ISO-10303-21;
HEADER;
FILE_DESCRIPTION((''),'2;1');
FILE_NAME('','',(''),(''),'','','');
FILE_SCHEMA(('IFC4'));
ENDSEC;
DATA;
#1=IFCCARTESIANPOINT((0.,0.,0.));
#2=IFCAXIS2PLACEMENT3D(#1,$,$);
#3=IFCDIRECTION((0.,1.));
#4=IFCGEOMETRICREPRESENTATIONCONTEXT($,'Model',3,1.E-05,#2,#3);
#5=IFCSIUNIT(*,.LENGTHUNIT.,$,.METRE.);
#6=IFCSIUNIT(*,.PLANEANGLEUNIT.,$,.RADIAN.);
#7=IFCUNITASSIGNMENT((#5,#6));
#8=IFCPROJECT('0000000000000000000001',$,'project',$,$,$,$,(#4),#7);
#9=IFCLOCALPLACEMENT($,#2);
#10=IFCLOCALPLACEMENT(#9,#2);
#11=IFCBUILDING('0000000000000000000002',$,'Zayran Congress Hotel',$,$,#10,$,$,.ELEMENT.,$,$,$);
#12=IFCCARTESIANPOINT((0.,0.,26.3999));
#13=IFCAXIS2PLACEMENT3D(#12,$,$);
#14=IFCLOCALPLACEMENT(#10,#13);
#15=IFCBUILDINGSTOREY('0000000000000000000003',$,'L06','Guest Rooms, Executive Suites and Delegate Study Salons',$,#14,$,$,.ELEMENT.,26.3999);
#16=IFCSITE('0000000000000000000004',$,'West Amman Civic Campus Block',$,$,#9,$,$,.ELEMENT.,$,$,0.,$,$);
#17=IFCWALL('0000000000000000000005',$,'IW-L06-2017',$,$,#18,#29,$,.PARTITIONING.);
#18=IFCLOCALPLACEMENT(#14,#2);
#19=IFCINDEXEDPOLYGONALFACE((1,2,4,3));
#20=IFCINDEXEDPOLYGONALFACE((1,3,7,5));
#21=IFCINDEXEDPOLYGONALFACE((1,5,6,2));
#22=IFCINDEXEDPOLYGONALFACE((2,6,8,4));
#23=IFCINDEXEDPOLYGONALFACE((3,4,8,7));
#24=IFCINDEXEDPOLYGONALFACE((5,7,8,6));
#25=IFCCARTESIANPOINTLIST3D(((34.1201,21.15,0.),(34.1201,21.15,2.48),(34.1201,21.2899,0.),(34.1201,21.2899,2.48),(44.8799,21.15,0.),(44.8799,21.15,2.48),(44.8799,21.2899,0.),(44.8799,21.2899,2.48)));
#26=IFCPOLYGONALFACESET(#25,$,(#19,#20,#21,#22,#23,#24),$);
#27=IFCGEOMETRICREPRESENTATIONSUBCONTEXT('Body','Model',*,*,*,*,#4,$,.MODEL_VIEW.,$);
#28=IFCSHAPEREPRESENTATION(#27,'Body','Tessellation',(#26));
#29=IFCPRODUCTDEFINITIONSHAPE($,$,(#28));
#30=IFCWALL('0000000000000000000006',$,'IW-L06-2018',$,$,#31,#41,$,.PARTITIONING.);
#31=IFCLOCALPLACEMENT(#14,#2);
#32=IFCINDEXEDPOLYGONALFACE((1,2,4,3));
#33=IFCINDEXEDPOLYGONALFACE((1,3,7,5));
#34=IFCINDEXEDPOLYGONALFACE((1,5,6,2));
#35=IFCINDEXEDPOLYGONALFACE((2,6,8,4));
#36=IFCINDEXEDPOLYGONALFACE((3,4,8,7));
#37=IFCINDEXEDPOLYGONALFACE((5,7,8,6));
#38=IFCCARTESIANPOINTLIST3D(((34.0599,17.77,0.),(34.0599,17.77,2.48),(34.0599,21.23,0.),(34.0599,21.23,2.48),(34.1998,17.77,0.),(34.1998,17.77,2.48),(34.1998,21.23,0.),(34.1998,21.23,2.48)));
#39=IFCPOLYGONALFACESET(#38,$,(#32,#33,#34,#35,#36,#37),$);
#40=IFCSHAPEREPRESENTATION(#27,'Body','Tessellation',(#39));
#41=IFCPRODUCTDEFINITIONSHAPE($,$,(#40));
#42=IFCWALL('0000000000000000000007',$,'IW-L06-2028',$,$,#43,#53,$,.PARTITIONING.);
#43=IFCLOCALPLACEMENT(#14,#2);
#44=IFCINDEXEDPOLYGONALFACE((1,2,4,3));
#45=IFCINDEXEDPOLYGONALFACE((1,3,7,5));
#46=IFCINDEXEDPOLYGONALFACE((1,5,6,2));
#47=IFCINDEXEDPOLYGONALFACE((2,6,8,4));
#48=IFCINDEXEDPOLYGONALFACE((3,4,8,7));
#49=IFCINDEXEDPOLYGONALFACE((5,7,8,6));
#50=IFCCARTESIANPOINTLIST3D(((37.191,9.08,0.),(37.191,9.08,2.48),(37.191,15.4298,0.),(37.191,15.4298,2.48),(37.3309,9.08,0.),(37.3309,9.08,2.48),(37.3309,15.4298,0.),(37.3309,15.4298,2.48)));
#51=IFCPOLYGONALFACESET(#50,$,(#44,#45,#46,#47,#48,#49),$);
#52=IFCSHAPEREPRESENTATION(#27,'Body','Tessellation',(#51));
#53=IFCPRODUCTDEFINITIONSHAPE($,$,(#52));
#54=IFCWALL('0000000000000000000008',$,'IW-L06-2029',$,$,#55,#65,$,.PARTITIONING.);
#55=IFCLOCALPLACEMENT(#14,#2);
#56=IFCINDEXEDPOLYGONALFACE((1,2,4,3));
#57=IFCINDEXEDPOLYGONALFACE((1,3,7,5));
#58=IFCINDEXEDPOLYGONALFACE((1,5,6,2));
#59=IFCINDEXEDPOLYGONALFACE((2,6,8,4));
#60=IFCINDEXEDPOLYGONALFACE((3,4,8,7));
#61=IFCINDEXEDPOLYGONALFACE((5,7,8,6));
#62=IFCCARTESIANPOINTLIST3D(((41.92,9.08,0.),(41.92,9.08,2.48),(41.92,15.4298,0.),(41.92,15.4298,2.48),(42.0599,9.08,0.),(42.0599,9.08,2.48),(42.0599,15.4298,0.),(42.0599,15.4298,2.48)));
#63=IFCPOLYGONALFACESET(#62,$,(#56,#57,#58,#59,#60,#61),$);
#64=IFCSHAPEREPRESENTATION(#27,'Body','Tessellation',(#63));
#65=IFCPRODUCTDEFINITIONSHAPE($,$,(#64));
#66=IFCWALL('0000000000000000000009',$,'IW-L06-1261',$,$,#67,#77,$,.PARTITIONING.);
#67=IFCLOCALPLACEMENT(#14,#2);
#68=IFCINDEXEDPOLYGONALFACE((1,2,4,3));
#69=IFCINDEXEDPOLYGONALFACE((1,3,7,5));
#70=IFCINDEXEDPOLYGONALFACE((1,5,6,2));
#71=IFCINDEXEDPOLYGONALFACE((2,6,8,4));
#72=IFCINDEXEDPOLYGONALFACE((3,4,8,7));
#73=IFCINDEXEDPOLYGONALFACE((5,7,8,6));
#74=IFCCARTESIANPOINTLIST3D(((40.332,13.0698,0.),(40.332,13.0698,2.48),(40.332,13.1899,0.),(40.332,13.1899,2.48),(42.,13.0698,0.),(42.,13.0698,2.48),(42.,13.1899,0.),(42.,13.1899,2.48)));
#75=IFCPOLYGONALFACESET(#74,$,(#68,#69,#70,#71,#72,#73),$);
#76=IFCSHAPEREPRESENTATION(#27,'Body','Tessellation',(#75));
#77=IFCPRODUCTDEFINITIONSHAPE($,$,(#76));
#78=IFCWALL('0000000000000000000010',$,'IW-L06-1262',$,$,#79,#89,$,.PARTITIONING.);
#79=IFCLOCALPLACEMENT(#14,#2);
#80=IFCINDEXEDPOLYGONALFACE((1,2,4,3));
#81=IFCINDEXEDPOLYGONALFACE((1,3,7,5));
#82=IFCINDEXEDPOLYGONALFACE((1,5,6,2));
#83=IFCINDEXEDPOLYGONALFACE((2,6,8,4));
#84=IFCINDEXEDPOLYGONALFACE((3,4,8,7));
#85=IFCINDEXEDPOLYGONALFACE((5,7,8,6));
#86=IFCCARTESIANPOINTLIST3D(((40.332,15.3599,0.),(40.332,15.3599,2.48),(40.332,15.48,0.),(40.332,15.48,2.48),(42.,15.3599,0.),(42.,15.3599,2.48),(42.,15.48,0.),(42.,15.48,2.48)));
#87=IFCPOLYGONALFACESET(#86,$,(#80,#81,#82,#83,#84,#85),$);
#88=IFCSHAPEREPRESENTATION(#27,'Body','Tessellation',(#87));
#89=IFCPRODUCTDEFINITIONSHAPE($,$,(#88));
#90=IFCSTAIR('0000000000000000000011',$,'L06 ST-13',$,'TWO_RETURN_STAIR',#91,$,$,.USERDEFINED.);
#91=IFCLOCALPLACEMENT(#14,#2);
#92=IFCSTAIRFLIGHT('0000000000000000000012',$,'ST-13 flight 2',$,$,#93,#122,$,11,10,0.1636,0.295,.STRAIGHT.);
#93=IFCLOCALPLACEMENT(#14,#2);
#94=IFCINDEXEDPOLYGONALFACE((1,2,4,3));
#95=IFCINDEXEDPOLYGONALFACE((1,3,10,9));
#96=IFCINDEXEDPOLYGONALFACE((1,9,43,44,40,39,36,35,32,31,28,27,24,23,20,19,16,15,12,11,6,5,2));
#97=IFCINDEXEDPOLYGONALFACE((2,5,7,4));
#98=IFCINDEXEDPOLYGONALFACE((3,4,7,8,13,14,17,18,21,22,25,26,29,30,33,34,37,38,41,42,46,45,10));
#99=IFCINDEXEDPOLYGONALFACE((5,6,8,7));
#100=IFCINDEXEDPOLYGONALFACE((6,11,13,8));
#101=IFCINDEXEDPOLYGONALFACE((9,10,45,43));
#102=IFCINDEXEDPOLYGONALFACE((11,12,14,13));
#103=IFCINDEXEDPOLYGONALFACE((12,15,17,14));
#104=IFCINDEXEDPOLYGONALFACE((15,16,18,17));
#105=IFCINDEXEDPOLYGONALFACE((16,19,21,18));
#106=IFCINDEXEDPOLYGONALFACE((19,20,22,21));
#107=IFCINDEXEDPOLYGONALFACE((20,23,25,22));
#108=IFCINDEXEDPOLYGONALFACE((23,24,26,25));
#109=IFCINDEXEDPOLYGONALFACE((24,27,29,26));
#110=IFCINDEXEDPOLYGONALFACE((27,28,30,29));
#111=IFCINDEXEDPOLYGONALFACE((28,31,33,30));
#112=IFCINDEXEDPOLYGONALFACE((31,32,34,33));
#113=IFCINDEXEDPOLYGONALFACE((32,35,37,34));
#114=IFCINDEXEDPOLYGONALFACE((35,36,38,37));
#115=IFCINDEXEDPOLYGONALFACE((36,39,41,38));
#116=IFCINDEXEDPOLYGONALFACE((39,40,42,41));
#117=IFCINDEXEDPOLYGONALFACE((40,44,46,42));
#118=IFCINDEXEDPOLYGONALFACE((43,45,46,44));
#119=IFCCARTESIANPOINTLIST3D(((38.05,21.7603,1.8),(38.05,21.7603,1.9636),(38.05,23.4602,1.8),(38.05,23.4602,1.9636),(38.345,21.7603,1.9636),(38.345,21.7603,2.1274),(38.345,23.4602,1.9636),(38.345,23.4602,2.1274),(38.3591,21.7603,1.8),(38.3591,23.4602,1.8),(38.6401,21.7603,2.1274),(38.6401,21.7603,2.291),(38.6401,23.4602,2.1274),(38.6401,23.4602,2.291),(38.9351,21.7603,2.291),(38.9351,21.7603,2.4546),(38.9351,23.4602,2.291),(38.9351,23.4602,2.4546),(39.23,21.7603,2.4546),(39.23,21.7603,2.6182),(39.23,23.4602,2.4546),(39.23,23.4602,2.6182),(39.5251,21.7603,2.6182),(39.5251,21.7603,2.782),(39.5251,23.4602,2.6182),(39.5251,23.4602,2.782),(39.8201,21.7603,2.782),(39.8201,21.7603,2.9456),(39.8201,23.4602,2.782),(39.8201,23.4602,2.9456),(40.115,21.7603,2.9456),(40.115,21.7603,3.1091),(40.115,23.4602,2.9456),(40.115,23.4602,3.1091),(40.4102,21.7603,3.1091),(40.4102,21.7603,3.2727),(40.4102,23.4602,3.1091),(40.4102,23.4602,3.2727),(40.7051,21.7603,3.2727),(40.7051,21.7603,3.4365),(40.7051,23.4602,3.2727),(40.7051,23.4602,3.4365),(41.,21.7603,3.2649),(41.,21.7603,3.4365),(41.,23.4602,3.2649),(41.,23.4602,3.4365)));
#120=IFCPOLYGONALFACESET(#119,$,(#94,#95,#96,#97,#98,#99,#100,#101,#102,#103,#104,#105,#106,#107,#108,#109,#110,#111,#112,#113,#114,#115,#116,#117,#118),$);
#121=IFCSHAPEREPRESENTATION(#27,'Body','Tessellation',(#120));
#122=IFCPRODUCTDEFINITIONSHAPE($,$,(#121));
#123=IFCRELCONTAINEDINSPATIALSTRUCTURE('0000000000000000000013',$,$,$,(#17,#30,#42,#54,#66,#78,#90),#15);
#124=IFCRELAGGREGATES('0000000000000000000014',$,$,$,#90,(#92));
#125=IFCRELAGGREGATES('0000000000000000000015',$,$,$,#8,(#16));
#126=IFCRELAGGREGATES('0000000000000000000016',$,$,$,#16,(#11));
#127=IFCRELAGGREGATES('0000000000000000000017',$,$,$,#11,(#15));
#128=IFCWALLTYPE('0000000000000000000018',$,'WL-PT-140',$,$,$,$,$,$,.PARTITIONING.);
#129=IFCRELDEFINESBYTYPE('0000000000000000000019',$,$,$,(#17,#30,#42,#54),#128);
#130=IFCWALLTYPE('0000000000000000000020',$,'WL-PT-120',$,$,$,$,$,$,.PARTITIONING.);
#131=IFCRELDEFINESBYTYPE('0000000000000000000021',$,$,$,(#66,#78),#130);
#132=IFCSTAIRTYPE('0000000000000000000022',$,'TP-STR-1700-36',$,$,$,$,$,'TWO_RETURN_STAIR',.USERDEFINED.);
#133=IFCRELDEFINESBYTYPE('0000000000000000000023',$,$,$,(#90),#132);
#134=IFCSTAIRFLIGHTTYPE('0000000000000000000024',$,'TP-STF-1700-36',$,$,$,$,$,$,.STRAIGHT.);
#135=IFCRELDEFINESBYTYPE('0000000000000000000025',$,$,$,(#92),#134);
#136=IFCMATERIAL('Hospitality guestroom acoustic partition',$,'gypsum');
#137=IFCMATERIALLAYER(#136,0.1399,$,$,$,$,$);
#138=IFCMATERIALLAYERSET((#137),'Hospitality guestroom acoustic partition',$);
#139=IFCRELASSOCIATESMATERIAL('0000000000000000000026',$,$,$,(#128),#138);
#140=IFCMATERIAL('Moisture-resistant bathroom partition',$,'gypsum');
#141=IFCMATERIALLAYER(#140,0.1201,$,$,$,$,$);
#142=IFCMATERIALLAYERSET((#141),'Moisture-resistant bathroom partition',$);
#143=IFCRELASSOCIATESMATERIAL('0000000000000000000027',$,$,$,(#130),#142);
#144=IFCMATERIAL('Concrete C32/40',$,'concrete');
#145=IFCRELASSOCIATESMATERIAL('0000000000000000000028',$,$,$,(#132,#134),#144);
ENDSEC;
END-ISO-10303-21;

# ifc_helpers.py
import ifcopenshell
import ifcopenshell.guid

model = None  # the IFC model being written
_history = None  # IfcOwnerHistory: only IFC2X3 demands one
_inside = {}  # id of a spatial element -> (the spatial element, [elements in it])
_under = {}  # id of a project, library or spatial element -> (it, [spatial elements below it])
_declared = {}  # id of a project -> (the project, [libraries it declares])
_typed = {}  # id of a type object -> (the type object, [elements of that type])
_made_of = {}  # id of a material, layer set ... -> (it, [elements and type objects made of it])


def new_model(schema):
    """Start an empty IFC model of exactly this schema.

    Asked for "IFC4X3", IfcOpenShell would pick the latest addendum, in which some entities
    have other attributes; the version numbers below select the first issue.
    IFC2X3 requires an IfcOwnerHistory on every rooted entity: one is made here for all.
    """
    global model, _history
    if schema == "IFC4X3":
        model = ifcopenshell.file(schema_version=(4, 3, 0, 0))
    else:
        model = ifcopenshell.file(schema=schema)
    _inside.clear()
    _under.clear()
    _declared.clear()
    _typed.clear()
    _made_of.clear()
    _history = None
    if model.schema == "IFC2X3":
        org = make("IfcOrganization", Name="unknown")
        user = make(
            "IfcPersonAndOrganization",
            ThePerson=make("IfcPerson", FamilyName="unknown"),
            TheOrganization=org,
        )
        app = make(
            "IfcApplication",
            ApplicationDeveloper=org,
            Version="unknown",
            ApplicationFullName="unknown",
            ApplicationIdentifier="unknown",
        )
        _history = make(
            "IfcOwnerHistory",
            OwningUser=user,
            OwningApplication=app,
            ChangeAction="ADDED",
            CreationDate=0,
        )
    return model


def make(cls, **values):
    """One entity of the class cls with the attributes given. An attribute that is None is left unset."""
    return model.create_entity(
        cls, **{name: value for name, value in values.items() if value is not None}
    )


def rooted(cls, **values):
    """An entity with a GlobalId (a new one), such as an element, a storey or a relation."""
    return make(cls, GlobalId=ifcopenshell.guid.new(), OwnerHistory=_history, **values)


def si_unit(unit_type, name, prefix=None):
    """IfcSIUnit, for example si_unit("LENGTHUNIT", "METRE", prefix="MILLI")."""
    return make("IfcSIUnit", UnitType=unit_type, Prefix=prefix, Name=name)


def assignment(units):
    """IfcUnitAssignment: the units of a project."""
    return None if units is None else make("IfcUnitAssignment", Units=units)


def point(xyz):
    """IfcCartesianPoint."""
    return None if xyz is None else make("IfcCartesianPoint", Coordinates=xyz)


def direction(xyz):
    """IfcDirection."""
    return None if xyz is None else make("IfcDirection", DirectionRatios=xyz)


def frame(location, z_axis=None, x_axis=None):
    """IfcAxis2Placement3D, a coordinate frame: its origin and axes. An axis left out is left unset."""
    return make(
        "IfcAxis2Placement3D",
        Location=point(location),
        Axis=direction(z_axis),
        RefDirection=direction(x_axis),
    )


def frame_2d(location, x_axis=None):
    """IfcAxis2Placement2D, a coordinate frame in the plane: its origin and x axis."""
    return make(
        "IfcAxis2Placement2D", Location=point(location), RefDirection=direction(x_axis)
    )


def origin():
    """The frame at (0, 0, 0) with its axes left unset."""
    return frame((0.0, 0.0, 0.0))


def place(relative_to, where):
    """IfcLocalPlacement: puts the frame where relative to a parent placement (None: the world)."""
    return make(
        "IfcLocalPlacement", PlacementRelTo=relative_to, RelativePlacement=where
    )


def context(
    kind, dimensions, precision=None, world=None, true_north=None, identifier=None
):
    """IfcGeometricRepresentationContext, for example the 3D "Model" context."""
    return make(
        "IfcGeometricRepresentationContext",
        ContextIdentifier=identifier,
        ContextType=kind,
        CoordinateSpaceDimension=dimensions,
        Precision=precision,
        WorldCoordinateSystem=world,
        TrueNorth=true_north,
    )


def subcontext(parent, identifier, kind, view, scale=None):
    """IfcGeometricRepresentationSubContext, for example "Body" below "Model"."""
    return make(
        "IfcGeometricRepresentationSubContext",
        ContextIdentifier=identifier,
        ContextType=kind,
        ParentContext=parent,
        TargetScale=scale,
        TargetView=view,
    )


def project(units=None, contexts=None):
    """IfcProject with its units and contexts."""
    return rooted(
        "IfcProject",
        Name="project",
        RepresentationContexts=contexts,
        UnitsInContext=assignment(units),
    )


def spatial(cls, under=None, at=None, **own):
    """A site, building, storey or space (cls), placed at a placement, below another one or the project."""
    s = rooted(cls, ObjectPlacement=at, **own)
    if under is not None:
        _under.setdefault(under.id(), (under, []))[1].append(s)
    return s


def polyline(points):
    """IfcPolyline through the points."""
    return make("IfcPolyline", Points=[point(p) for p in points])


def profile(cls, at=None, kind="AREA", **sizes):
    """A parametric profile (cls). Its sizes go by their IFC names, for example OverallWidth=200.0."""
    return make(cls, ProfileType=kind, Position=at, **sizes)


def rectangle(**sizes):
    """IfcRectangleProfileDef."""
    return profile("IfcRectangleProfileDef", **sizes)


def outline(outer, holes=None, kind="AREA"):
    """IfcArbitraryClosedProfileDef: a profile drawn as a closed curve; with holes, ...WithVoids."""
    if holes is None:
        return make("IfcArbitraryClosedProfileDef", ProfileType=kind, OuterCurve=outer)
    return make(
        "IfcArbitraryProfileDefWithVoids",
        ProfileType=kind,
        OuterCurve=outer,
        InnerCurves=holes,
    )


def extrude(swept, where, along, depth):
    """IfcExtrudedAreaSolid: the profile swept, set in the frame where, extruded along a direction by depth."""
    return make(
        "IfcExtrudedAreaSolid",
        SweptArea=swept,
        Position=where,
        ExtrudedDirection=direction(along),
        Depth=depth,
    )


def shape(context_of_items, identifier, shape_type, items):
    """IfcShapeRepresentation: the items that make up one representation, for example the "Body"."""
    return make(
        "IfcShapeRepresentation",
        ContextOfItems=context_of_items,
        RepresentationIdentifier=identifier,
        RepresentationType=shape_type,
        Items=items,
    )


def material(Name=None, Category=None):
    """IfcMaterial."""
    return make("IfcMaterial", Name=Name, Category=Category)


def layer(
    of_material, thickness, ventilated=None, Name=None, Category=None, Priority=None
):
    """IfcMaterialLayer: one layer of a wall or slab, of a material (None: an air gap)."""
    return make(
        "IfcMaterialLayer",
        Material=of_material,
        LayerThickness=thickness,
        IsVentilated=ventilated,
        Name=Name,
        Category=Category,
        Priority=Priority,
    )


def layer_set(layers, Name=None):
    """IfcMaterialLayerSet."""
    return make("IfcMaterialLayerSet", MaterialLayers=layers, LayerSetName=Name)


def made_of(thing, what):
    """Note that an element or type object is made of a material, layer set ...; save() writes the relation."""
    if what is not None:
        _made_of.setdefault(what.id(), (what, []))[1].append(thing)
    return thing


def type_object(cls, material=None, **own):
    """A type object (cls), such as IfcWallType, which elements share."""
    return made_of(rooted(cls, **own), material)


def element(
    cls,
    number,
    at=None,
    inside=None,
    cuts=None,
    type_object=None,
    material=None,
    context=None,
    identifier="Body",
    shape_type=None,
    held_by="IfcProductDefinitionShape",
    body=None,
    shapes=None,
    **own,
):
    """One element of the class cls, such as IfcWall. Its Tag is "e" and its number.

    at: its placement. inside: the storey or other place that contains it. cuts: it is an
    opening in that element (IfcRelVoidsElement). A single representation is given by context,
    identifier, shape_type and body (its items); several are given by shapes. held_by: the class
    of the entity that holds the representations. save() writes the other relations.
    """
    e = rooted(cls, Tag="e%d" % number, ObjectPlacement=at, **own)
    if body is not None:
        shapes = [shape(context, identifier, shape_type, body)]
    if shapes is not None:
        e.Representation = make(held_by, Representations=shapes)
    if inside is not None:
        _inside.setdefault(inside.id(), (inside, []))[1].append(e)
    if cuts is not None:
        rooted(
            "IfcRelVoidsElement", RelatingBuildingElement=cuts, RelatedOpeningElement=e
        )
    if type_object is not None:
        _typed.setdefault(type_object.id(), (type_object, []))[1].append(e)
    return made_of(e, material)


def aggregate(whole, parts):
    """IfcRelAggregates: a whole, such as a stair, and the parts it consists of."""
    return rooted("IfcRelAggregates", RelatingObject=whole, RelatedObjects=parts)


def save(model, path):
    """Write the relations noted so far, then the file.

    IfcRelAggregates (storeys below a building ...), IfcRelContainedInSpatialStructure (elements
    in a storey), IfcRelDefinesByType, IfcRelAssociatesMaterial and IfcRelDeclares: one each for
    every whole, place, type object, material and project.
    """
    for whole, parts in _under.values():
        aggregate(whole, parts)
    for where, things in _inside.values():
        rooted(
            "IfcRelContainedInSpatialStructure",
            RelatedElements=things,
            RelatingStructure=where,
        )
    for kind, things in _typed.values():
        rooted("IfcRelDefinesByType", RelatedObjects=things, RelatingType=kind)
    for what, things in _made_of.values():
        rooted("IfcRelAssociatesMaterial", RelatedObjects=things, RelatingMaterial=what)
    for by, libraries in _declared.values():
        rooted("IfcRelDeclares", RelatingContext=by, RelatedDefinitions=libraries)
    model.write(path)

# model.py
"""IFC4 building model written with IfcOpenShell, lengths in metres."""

from ifc_helpers import new_model, si_unit, direction, frame, frame_2d, origin, place, context, subcontext, project, spatial, polyline, rectangle, outline, extrude, material, layer, layer_set, type_object, element, aggregate, save


model = new_model("IFC4")

# Units and contexts
model_context = context("Model", 3, precision=1e-05, world=origin(), true_north=direction((0.0, 1.0)))
body_context = subcontext(model_context, "Body", "Model", "MODEL_VIEW")
ifc_project = project(units=[si_unit("LENGTHUNIT", "METRE"), si_unit("PLANEANGLEUNIT", "RADIAN")], contexts=[model_context])

# Site, building, storey
site_placement = place(None, origin())
site = spatial("IfcSite", under=ifc_project, at=site_placement, Name="West Amman Civic Campus Block", CompositionType="ELEMENT", RefElevation=0.0)
building_placement = place(site_placement, origin())
building = spatial("IfcBuilding", under=site, at=building_placement, Name="Zayran Congress Hotel", CompositionType="ELEMENT")
storey_placement = place(building_placement, frame((0.0, 0.0, 26.3999)))
storey = spatial("IfcBuildingStorey", under=building, at=storey_placement, Name="L06", Description="Guest Rooms, Executive Suites and Delegate Study Salons", CompositionType="ELEMENT", Elevation=26.3999)

# Shared definitions
ifc_material_1 = material(Name="Hospitality guestroom acoustic partition", Category="gypsum")
ifc_layer_1 = layer(ifc_material_1, 0.1399)
ifc_layer_set_1 = layer_set([ifc_layer_1], Name="Hospitality guestroom acoustic partition")
wall_type_1 = type_object("IfcWallType", Name="WL-PT-140", PredefinedType="PARTITIONING", material=ifc_layer_set_1)

# Walls
for number, where, z_axis, x_axis, name in (
    (1, (34.1201, 21.22, 0.0), (0.0, 0.0, 1.0), (1.0, 0.0, 0.0), "IW-L06-2017"),
):
    element("IfcWall", number, at=place(storey_placement, frame(where, z_axis=z_axis, x_axis=x_axis)), inside=storey, type_object=wall_type_1, Name=name, PredefinedType="PARTITIONING", context=body_context, shape_type="SweptSolid", body=[
        extrude(rectangle(XDim=10.7598, YDim=0.1399, at=frame_2d((5.3799, 0.0))), origin(), (0.0, 0.0, 1.0), 2.48),
    ])
wall_1_placement = place(storey_placement, frame((34.1299, 17.77, 0.0), z_axis=(0.0, 0.0, 1.0), x_axis=(0.0, 1.0, 0.0)))
element("IfcWall", 2, at=wall_1_placement, inside=storey, type_object=wall_type_1, Name="IW-L06-2018", PredefinedType="PARTITIONING", context=body_context, shape_type="SweptSolid", body=[
    extrude(rectangle(XDim=3.46, YDim=0.1399, at=frame_2d((1.73, 0.0))), origin(), (0.0, 0.0, 1.0), 2.48),
])
for number, where, z_axis, x_axis, name in (
    (3, (37.261, 9.0801, 0.0), (0.0, 0.0, 1.0), (0.0, 1.0, 0.0), "IW-L06-2028"),
    (4, (41.99, 9.0801, 0.0), (0.0, 0.0, 1.0), (0.0, 1.0, 0.0), "IW-L06-2029"),
):
    element("IfcWall", number, at=place(storey_placement, frame(where, z_axis=z_axis, x_axis=x_axis)), inside=storey, type_object=wall_type_1, Name=name, PredefinedType="PARTITIONING", context=body_context, shape_type="SweptSolid", body=[
        extrude(rectangle(XDim=6.3499, YDim=0.1399, at=frame_2d((3.1748, 0.0))), origin(), (0.0, 0.0, 1.0), 2.48),
    ])

# Shared definitions
ifc_material_2 = material(Name="Moisture-resistant bathroom partition", Category="gypsum")
ifc_layer_2 = layer(ifc_material_2, 0.1201)
ifc_layer_set_2 = layer_set([ifc_layer_2], Name="Moisture-resistant bathroom partition")
wall_type_2 = type_object("IfcWallType", Name="WL-PT-120", PredefinedType="PARTITIONING", material=ifc_layer_set_2)

# Walls
for number, where, z_axis, x_axis, name in (
    (5, (40.332, 13.1299, 0.0), (0.0, 0.0, 1.0), (1.0, 0.0, 0.0), "IW-L06-1261"),
    (6, (40.332, 15.4199, 0.0), (0.0, 0.0, 1.0), (1.0, 0.0, 0.0), "IW-L06-1262"),
):
    element("IfcWall", number, at=place(storey_placement, frame(where, z_axis=z_axis, x_axis=x_axis)), inside=storey, type_object=wall_type_2, Name=name, PredefinedType="PARTITIONING", context=body_context, shape_type="SweptSolid", body=[
        extrude(rectangle(XDim=1.668, YDim=0.1201, at=frame_2d((0.834, 0.0))), origin(), (0.0, 0.0, 1.0), 2.48),
    ])

# Stair, stair flight
ifc_material_3 = material(Name="Concrete C32/40", Category="concrete")
stair_type = type_object("IfcStairType", Name="TP-STR-1700-36", ElementType="TWO_RETURN_STAIR", PredefinedType="USERDEFINED", material=ifc_material_3)
stair_placement = place(storey_placement, origin())
stair = element("IfcStair", 7, at=stair_placement, inside=storey, type_object=stair_type, Name="L06 ST-13", ObjectType="TWO_RETURN_STAIR", PredefinedType="USERDEFINED")
stair_flight_type = type_object("IfcStairFlightType", Name="TP-STF-1700-36", PredefinedType="STRAIGHT", material=ifc_material_3)
stair_flight_placement = place(storey_placement, frame((38.05, 22.6101, 1.8), z_axis=(0.0, 0.0, 1.0), x_axis=(1.0, 0.0, 0.0)))
stair_flight = element("IfcStairFlight", 8, at=stair_flight_placement, type_object=stair_flight_type, Name="ST-13 flight 2", NumberOfRisers=11, NumberOfTreads=10, PredefinedType="STRAIGHT", RiserHeight=0.1636, TreadLength=0.295, context=body_context, shape_type="SweptSolid", body=[
    extrude(outline(polyline([(0.0, 0.0), (0.0, 0.1636), (0.2949, 0.1636), (0.2949, 0.3274), (0.5901, 0.3274), (0.5901, 0.491), (0.885, 0.491), (0.885, 0.6545), (1.1799, 0.6545), (1.1799, 0.8181), (1.4751, 0.8181), (1.4751, 0.9819), (1.77, 0.9819), (1.77, 1.1455), (2.0649, 1.1455), (2.0649, 1.3091), (2.3601, 1.3091), (2.3601, 1.4727), (2.655, 1.4727), (2.655, 1.6365), (2.95, 1.6365), (2.95, 1.8), (2.95, 1.4648), (0.3091, 0.0), (0.0, 0.0)])), frame((0.0, 0.8501, 0.0), z_axis=(0.0, -1.0, 0.0), x_axis=(1.0, 0.0, 0.0)), (0.0, 0.0, 1.0), 1.7),
])
aggregate(stair, [stair_flight])

save(model, "model.ifc")
